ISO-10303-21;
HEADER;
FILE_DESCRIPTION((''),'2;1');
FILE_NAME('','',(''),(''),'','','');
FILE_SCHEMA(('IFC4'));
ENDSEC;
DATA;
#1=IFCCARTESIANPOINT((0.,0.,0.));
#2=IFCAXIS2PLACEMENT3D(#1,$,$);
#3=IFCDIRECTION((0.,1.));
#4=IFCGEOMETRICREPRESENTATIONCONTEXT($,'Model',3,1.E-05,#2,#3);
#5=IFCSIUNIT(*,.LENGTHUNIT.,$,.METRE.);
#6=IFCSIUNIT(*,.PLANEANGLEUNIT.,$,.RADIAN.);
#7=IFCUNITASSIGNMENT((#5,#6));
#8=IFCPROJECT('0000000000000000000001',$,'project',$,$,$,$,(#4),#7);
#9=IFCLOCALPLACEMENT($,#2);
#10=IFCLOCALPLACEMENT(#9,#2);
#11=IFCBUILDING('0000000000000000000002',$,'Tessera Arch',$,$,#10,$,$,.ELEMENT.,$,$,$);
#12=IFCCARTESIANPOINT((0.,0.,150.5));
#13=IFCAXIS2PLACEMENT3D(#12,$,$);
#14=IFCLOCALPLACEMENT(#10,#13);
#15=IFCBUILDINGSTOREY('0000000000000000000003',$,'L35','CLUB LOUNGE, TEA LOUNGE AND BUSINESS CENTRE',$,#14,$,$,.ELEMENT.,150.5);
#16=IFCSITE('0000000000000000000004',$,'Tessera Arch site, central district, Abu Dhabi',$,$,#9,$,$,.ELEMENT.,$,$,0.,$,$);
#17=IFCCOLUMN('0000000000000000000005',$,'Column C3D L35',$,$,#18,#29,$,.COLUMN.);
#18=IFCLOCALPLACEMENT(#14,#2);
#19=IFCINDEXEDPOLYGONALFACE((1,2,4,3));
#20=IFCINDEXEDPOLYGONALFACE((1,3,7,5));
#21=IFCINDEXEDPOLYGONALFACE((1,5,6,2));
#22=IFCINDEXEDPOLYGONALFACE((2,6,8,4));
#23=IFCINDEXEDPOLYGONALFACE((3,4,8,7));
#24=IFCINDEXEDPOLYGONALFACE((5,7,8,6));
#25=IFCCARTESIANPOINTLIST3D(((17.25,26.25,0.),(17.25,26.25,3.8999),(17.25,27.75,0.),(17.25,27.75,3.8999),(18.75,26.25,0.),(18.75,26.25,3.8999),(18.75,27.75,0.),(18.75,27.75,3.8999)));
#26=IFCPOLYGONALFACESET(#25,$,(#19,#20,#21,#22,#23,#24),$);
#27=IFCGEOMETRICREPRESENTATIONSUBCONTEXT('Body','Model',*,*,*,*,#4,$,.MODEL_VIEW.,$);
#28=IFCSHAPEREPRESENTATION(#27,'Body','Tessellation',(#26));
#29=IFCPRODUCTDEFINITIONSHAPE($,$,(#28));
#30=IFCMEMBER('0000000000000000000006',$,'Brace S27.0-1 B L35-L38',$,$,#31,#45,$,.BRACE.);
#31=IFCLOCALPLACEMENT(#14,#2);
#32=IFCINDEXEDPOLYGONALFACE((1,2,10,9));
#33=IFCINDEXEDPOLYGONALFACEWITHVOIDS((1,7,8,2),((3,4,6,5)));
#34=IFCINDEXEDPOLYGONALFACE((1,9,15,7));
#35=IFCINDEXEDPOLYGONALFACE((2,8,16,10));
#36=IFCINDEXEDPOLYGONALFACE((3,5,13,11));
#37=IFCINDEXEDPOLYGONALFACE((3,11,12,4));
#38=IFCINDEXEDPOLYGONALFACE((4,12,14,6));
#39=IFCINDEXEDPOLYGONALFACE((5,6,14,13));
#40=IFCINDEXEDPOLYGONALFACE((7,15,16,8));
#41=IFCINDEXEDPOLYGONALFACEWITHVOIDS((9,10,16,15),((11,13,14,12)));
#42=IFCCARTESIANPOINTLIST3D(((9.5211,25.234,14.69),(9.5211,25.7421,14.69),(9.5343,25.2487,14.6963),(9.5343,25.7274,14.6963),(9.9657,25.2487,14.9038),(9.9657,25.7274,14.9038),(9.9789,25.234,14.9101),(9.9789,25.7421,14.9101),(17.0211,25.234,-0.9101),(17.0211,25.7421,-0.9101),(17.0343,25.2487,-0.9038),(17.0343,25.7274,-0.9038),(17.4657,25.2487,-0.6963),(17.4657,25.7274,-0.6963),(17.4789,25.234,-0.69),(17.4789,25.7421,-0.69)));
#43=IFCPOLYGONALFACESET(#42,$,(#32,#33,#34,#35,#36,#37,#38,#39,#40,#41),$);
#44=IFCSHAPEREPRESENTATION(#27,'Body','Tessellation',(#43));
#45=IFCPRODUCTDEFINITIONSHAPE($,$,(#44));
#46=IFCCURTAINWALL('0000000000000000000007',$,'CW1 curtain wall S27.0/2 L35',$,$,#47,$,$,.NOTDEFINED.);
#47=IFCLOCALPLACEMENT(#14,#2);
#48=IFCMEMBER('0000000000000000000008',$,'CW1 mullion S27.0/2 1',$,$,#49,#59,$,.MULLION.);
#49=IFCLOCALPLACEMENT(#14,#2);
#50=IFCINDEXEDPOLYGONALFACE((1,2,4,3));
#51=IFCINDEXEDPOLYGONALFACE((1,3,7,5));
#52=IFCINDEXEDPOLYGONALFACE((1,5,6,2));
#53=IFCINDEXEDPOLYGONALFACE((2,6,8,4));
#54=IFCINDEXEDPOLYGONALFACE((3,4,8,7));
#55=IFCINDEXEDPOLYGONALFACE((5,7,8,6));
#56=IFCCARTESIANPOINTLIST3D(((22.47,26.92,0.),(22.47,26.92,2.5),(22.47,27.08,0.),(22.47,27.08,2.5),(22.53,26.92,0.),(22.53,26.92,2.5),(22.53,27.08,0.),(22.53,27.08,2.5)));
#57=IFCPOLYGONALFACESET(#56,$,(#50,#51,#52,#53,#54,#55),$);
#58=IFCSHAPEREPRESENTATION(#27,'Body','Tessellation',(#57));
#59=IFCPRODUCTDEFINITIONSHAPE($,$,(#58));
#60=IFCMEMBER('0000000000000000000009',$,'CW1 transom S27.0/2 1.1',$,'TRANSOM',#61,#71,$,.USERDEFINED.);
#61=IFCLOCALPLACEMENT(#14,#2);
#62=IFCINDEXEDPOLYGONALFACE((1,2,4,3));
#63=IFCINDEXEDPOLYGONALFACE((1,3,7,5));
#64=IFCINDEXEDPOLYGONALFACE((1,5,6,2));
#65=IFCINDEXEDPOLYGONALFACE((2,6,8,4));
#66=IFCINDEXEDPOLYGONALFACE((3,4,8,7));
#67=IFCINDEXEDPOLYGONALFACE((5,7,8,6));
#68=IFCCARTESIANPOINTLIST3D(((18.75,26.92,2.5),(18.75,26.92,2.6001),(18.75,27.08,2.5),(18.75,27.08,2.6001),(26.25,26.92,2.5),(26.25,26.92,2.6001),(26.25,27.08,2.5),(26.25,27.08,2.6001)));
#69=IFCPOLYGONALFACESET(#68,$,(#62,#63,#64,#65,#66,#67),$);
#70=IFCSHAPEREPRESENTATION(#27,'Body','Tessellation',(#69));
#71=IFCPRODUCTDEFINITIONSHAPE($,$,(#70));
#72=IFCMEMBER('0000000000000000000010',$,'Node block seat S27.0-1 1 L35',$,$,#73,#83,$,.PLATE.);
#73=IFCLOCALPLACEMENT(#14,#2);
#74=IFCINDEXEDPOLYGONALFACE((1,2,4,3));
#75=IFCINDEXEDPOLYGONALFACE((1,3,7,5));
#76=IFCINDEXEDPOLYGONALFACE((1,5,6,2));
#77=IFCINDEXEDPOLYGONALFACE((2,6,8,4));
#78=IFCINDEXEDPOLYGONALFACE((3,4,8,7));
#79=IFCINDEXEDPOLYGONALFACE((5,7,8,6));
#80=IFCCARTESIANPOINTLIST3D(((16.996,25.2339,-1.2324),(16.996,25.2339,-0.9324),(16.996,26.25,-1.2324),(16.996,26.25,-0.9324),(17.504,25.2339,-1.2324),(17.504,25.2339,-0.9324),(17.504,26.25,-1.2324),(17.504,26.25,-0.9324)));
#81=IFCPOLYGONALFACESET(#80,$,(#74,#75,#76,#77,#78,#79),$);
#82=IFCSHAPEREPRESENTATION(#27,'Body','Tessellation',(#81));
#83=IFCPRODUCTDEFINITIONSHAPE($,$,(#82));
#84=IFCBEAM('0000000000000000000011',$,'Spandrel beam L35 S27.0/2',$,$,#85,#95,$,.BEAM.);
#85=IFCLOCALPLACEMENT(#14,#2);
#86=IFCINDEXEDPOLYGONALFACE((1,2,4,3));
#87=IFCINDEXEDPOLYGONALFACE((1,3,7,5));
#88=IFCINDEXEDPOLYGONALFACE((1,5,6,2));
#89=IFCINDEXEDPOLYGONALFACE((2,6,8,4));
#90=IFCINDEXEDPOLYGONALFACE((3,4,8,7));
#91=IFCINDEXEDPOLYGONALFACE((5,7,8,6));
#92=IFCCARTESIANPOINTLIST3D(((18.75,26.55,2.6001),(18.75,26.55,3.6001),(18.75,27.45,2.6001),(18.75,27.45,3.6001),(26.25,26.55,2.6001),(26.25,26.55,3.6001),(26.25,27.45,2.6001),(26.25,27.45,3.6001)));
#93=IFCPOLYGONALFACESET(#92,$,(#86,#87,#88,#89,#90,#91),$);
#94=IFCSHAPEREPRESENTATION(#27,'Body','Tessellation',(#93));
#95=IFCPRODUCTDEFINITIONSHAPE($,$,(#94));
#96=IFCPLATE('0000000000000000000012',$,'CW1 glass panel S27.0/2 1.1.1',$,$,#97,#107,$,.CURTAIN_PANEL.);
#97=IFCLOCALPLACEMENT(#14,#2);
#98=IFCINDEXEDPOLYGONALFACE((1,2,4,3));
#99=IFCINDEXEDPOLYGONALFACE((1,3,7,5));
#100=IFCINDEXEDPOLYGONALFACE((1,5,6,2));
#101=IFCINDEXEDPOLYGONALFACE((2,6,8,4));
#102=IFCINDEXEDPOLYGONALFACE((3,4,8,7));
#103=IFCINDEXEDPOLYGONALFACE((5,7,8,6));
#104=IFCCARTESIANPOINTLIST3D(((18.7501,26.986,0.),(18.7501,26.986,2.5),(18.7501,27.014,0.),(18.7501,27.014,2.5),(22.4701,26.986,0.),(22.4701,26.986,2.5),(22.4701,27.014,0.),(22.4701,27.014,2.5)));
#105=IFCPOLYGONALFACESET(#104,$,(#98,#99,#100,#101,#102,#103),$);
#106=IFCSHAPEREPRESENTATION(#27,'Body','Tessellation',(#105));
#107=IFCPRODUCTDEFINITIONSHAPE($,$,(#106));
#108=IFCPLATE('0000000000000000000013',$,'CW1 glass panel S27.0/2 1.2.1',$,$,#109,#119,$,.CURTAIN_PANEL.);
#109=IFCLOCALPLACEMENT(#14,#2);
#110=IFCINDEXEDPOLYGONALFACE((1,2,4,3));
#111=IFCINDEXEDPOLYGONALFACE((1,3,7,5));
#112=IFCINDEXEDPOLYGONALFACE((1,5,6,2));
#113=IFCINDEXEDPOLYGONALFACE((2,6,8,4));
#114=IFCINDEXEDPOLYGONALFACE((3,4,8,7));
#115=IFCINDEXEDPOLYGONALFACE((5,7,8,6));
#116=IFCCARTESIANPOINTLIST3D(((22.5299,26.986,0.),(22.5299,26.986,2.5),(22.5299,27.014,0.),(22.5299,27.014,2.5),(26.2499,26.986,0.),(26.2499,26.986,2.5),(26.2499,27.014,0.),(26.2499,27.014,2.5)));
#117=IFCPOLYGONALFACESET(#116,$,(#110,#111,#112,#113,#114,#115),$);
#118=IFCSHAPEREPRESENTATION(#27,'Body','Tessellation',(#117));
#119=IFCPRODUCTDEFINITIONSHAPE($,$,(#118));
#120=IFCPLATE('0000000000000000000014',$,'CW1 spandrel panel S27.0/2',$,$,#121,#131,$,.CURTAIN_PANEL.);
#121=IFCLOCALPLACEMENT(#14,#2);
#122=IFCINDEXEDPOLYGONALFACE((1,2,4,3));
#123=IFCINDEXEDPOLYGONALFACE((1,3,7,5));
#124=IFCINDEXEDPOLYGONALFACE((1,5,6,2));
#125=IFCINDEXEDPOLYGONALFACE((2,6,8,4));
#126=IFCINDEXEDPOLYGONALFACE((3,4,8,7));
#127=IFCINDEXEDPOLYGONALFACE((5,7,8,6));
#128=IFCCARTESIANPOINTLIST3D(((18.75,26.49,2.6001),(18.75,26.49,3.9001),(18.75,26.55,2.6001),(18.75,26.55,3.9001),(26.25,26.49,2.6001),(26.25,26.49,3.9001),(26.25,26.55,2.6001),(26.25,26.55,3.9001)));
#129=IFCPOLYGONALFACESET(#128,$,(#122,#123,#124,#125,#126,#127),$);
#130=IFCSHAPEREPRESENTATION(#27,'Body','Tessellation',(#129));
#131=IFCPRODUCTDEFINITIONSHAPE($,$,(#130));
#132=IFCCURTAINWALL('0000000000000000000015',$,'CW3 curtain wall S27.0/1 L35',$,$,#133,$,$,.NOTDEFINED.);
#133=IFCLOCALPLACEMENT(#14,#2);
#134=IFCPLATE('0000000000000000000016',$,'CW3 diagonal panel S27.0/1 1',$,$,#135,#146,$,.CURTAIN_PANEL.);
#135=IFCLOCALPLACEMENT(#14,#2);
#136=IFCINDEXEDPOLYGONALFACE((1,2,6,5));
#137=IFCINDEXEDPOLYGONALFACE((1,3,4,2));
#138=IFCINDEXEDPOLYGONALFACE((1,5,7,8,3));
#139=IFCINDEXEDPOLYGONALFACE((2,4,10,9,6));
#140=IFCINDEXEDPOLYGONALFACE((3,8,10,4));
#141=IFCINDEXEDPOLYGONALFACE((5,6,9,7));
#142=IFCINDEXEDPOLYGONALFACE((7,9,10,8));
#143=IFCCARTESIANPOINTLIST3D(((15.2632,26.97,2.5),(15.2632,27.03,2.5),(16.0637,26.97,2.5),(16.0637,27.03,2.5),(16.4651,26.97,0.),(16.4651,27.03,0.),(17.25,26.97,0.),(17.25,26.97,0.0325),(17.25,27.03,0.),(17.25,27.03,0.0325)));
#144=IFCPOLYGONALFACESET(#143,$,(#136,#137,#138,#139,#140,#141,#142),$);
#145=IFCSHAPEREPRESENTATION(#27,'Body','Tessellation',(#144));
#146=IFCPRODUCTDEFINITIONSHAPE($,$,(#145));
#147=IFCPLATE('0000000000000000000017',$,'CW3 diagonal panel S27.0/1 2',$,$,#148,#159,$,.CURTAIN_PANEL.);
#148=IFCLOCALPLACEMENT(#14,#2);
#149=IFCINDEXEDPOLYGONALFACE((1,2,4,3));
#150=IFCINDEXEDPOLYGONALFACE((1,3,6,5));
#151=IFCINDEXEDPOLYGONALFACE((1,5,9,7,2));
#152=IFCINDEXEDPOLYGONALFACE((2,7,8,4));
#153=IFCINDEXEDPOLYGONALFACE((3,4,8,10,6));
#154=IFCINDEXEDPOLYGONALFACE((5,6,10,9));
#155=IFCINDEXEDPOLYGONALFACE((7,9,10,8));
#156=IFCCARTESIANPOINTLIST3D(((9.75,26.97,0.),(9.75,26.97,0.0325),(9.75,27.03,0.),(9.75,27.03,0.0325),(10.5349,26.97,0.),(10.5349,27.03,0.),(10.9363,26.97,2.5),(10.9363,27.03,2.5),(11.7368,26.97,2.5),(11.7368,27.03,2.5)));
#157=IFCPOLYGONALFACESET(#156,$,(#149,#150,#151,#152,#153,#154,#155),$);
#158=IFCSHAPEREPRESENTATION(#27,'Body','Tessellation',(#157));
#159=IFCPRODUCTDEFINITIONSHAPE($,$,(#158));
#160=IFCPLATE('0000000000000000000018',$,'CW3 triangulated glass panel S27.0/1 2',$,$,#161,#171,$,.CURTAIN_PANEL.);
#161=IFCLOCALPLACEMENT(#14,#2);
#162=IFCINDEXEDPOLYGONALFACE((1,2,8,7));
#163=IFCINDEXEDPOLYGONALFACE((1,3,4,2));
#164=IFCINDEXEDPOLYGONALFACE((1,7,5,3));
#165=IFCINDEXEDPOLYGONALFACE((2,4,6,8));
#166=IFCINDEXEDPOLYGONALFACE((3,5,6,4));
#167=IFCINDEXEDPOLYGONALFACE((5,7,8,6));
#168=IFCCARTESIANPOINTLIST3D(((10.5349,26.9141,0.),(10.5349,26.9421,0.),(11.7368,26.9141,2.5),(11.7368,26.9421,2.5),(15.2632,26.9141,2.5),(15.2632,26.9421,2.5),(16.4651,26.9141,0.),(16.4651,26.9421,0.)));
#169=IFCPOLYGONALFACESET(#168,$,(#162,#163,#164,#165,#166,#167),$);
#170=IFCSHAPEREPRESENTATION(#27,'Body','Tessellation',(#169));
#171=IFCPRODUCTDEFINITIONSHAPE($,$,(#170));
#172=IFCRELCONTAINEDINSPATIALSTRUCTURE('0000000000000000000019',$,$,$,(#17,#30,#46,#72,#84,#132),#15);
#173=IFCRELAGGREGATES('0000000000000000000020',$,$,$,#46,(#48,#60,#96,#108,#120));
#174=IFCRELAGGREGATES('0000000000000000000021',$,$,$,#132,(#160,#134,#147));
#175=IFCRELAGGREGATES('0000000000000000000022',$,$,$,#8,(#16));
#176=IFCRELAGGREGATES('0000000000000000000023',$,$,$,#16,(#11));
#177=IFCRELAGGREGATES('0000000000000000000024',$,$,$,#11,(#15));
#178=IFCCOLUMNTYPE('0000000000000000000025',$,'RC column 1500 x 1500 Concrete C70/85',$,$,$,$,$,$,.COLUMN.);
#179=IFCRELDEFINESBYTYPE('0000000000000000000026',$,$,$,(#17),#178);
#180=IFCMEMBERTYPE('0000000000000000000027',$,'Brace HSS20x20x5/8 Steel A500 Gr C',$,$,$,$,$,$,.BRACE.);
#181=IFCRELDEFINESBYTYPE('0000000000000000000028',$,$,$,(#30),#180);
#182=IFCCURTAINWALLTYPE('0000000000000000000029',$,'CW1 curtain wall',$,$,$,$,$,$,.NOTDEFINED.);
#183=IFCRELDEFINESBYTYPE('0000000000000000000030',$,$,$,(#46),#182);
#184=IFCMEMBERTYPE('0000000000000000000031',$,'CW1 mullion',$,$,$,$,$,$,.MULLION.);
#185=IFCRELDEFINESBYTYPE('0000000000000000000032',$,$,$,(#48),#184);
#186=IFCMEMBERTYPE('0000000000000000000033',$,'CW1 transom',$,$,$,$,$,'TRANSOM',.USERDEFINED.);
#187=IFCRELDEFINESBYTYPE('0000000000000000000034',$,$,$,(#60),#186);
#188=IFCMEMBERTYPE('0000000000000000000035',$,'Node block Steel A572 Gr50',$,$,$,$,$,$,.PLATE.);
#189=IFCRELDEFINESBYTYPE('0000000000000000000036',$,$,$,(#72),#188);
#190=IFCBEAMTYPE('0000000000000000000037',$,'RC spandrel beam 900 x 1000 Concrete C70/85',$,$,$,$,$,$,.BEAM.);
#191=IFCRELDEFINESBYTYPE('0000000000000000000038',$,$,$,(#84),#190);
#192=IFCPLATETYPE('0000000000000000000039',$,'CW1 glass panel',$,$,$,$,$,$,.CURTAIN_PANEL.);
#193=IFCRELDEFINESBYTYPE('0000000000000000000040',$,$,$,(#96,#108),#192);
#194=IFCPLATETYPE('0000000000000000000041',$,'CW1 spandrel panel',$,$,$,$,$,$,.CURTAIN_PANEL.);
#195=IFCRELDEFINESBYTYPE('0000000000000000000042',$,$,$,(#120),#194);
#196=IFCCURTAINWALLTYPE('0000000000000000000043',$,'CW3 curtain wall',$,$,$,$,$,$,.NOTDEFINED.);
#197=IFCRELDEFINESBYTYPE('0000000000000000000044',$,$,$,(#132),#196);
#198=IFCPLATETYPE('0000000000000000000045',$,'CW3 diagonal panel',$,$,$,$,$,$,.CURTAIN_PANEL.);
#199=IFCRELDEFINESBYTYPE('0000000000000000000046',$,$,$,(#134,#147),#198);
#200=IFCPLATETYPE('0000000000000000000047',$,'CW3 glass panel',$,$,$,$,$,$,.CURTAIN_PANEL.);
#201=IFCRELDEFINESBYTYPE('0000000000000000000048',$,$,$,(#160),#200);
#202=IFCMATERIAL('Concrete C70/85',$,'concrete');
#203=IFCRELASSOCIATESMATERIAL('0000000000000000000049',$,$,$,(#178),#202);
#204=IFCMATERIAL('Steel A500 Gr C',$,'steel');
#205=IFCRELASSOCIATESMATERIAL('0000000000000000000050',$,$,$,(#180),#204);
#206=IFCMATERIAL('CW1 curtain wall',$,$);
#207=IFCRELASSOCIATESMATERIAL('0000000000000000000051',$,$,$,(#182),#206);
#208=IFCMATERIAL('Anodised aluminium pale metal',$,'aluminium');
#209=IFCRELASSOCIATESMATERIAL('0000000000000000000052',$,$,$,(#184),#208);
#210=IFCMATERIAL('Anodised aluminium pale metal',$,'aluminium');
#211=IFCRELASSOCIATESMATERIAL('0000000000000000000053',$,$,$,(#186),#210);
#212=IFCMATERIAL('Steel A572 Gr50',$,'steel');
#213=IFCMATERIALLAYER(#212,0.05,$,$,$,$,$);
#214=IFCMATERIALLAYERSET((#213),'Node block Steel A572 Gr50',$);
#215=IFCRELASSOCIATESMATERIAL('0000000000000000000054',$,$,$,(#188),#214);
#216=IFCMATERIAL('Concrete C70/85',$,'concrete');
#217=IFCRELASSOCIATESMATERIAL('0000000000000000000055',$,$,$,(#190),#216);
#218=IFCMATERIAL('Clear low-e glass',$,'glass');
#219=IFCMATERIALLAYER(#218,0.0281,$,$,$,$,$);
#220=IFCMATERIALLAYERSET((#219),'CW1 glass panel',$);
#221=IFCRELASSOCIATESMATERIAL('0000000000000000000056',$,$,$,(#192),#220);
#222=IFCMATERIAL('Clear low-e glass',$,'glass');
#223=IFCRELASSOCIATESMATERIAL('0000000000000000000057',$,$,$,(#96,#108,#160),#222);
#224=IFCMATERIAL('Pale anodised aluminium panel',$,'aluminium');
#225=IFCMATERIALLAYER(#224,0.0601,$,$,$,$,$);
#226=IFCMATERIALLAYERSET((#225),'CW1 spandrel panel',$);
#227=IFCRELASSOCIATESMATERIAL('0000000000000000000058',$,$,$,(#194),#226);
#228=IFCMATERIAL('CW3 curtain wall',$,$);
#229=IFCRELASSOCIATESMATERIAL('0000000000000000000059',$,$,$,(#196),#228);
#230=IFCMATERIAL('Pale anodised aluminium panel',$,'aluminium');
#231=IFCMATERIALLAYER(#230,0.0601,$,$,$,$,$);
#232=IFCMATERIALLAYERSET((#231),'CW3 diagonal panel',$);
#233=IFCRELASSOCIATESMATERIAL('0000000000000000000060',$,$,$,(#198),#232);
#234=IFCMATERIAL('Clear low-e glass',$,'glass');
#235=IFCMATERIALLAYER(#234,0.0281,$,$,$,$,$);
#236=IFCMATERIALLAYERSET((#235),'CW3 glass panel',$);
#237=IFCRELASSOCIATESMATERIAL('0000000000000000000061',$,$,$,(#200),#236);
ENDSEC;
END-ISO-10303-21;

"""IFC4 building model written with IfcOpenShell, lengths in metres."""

from ifc_helpers import new_model, si_unit, direction, frame, origin, origin_2d, place, context, subcontext, project, spatial, polyline, rectangle, hollow_rectangle, outline, extrude, material, layer, layer_set, material_profile, profile_set, type_object, element, aggregate, save


model = new_model("IFC4")

# Units and contexts
model_context = context("Model", 3, precision=1e-05, world=origin(), true_north=direction((0.0, 1.0)))
body_context = subcontext(model_context, "Body", "Model", "MODEL_VIEW")
ifc_project = project(units=[si_unit("LENGTHUNIT", "METRE"), si_unit("PLANEANGLEUNIT", "RADIAN")], contexts=[model_context])

# Site, building, storey
site_placement = place(None, origin())
site = spatial("IfcSite", under=ifc_project, at=site_placement, Name="Tessera Arch site, central district, Abu Dhabi", CompositionType="ELEMENT", RefElevation=0.0)
building_placement = place(site_placement, origin())
building = spatial("IfcBuilding", under=site, at=building_placement, Name="Tessera Arch", CompositionType="ELEMENT")
storey_placement = place(building_placement, frame((0.0, 0.0, 150.5)))
storey = spatial("IfcBuildingStorey", under=building, at=storey_placement, Name="L35", Description="CLUB LOUNGE, TEA LOUNGE AND BUSINESS CENTRE", CompositionType="ELEMENT", Elevation=150.5)

# Column
ifc_material_1 = material(Name="Concrete C70/85", Category="concrete")
ifc_material_profile_1 = material_profile(ifc_material_1, rectangle(XDim=1.5, YDim=1.5, at=origin_2d()), Name="RC column 1500 x 1500 Concrete C70/85")
ifc_profile_set_1 = profile_set([ifc_material_profile_1], Name="Concrete C70/85")
column_type = type_object("IfcColumnType", Name="RC column 1500 x 1500 Concrete C70/85", PredefinedType="COLUMN", material=ifc_profile_set_1)
column_placement = place(storey_placement, frame((18.0, 27.0, 0.0), z_axis=(0.0, 0.0, 1.0), x_axis=(1.0, 0.0, 0.0)))
element("IfcColumn", 1, at=column_placement, inside=storey, type_object=column_type, Name="Column C3D L35", PredefinedType="COLUMN", context=body_context, shape_type="SweptSolid", body=[
    extrude(rectangle(XDim=1.5, YDim=1.5, at=origin_2d()), origin(), (0.0, 0.0, 1.0), 3.8999),
])

# Member
ifc_material_2 = material(Name="Steel A500 Gr C", Category="steel")
ifc_material_profile_2 = material_profile(ifc_material_2, hollow_rectangle(XDim=0.5081, YDim=0.5081, WallThickness=0.0146, at=origin_2d()), Name="HSS20x20x5/8")
ifc_profile_set_2 = profile_set([ifc_material_profile_2], Name="Steel A500 Gr C")
member_type_1 = type_object("IfcMemberType", Name="Brace HSS20x20x5/8 Steel A500 Gr C", PredefinedType="BRACE", material=ifc_profile_set_2)
member_1_placement = place(storey_placement, frame((17.25, 25.488, -0.8), z_axis=(-0.433292, 0.0, 0.901253), x_axis=(0.0, -1.0, 0.0)))
element("IfcMember", 2, at=member_1_placement, inside=storey, type_object=member_type_1, Name="Brace S27.0-1 B L35-L38", PredefinedType="BRACE", context=body_context, shape_type="SweptSolid", body=[
    extrude(hollow_rectangle(XDim=0.5081, YDim=0.5081, WallThickness=0.0146, at=origin_2d()), origin(), (0.0, 0.0, 1.0), 17.3093),
])

# Curtain wall, members
ifc_material_3 = material(Name="CW1 curtain wall")
curtain_wall_type_1 = type_object("IfcCurtainWallType", Name="CW1 curtain wall", PredefinedType="NOTDEFINED", material=ifc_material_3)
curtain_wall_1_placement = place(storey_placement, origin())
curtain_wall_1 = element("IfcCurtainWall", 3, at=curtain_wall_1_placement, inside=storey, type_object=curtain_wall_type_1, Name="CW1 curtain wall S27.0/2 L35", PredefinedType="NOTDEFINED")
ifc_material_4 = material(Name="Anodised aluminium pale metal", Category="aluminium")
ifc_material_profile_3 = material_profile(ifc_material_4, rectangle(XDim=0.1599, YDim=0.0601, at=origin_2d()), Name="AL 60x160")
ifc_profile_set_3 = profile_set([ifc_material_profile_3], Name="Anodised aluminium pale metal")
member_type_2 = type_object("IfcMemberType", Name="CW1 mullion", PredefinedType="MULLION", material=ifc_profile_set_3)
member_2_placement = place(storey_placement, frame((22.5, 27.0, 0.0), z_axis=(0.0, 0.0, 1.0), x_axis=(0.0, 1.0, 0.0)))
member_2 = element("IfcMember", 4, at=member_2_placement, type_object=member_type_2, Name="CW1 mullion S27.0/2 1", PredefinedType="MULLION", context=body_context, shape_type="SweptSolid", body=[
    extrude(rectangle(XDim=0.1599, YDim=0.0601, at=origin_2d()), origin(), (0.0, 0.0, 1.0), 2.5),
])
ifc_material_5 = material(Name="Anodised aluminium pale metal", Category="aluminium")
ifc_material_profile_4 = material_profile(ifc_material_5, rectangle(XDim=0.1599, YDim=0.1001, at=origin_2d()), Name="AL 160x100")
ifc_profile_set_4 = profile_set([ifc_material_profile_4], Name="Anodised aluminium pale metal")
member_type_3 = type_object("IfcMemberType", Name="CW1 transom", ElementType="TRANSOM", PredefinedType="USERDEFINED", material=ifc_profile_set_4)
member_3_placement = place(storey_placement, frame((18.75, 27.0, 2.55), z_axis=(1.0, 0.0, 0.0), x_axis=(0.0, 1.0, 0.0)))
member_3 = element("IfcMember", 5, at=member_3_placement, type_object=member_type_3, Name="CW1 transom S27.0/2 1.1", ObjectType="TRANSOM", PredefinedType="USERDEFINED", context=body_context, shape_type="SweptSolid", body=[
    extrude(rectangle(XDim=0.1599, YDim=0.1001, at=origin_2d()), origin(), (0.0, 0.0, 1.0), 7.5),
])

# Member
ifc_material_6 = material(Name="Steel A572 Gr50", Category="steel")
ifc_layer_1 = layer(ifc_material_6, 0.05)
ifc_layer_set_1 = layer_set([ifc_layer_1], Name="Node block Steel A572 Gr50")
member_type_4 = type_object("IfcMemberType", Name="Node block Steel A572 Gr50", PredefinedType="PLATE", material=ifc_layer_set_1)
member_4_placement = place(storey_placement, frame((17.25, 25.7419, -1.2324), z_axis=(0.0, 0.0, 1.0), x_axis=(1.0, 0.0, 0.0)))
element("IfcMember", 6, at=member_4_placement, inside=storey, type_object=member_type_4, Name="Node block seat S27.0-1 1 L35", PredefinedType="PLATE", context=body_context, shape_type="SweptSolid", body=[
    extrude(rectangle(XDim=0.5081, YDim=1.0161, at=origin_2d()), origin(), (0.0, 0.0, 1.0), 0.3),
])

# Beam
ifc_material_7 = material(Name="Concrete C70/85", Category="concrete")
ifc_material_profile_5 = material_profile(ifc_material_7, rectangle(XDim=0.8999, YDim=1.0, at=origin_2d()), Name="RC spandrel beam 900 x 1000 Concrete C70/85")
ifc_profile_set_5 = profile_set([ifc_material_profile_5], Name="Concrete C70/85")
beam_type = type_object("IfcBeamType", Name="RC spandrel beam 900 x 1000 Concrete C70/85", PredefinedType="BEAM", material=ifc_profile_set_5)
beam_placement = place(storey_placement, frame((18.75, 27.0, 3.1001), z_axis=(1.0, 0.0, 0.0), x_axis=(0.0, 1.0, 0.0)))
element("IfcBeam", 7, at=beam_placement, inside=storey, type_object=beam_type, Name="Spandrel beam L35 S27.0/2", PredefinedType="BEAM", context=body_context, shape_type="SweptSolid", body=[
    extrude(rectangle(XDim=0.8999, YDim=1.0, at=origin_2d()), origin(), (0.0, 0.0, 1.0), 7.5),
])

# Plates
ifc_material_8 = material(Name="Clear low-e glass", Category="glass")
ifc_material_9 = material(Name="Clear low-e glass", Category="glass")
ifc_layer_2 = layer(ifc_material_9, 0.0281)
ifc_layer_set_2 = layer_set([ifc_layer_2], Name="CW1 glass panel")
plate_type_1 = type_object("IfcPlateType", Name="CW1 glass panel", PredefinedType="CURTAIN_PANEL", material=ifc_layer_set_2)
plate_1_placement = place(storey_placement, frame((20.6101, 27.0, 0.0), z_axis=(0.0, 0.0, 1.0), x_axis=(1.0, 0.0, 0.0)))
plate_1 = element("IfcPlate", 8, at=plate_1_placement, type_object=plate_type_1, material=ifc_material_8, Name="CW1 glass panel S27.0/2 1.1.1", PredefinedType="CURTAIN_PANEL", context=body_context, shape_type="SweptSolid", body=[
    extrude(rectangle(XDim=3.72, YDim=0.0281, at=origin_2d()), origin(), (0.0, 0.0, 1.0), 2.5),
])
plate_2_placement = place(storey_placement, frame((24.3899, 27.0, 0.0), z_axis=(0.0, 0.0, 1.0), x_axis=(1.0, 0.0, 0.0)))
plate_2 = element("IfcPlate", 9, at=plate_2_placement, type_object=plate_type_1, material=ifc_material_8, Name="CW1 glass panel S27.0/2 1.2.1", PredefinedType="CURTAIN_PANEL", context=body_context, shape_type="SweptSolid", body=[
    extrude(rectangle(XDim=3.72, YDim=0.0281, at=origin_2d()), origin(), (0.0, 0.0, 1.0), 2.5),
])
ifc_material_10 = material(Name="Pale anodised aluminium panel", Category="aluminium")
ifc_layer_3 = layer(ifc_material_10, 0.0601)
ifc_layer_set_3 = layer_set([ifc_layer_3], Name="CW1 spandrel panel")
plate_type_2 = type_object("IfcPlateType", Name="CW1 spandrel panel", PredefinedType="CURTAIN_PANEL", material=ifc_layer_set_3)
plate_3_placement = place(storey_placement, frame((22.5, 26.52, 2.6001), z_axis=(0.0, 0.0, 1.0), x_axis=(1.0, 0.0, 0.0)))
plate_3 = element("IfcPlate", 10, at=plate_3_placement, type_object=plate_type_2, Name="CW1 spandrel panel S27.0/2", PredefinedType="CURTAIN_PANEL", context=body_context, shape_type="SweptSolid", body=[
    extrude(rectangle(XDim=7.5, YDim=0.0601, at=origin_2d()), origin(), (0.0, 0.0, 1.0), 1.3),
])
aggregate(curtain_wall_1, [member_2, member_3, plate_1, plate_2, plate_3])

# Curtain wall, plates
ifc_material_11 = material(Name="CW3 curtain wall")
curtain_wall_type_2 = type_object("IfcCurtainWallType", Name="CW3 curtain wall", PredefinedType="NOTDEFINED", material=ifc_material_11)
curtain_wall_2_placement = place(storey_placement, origin())
curtain_wall_2 = element("IfcCurtainWall", 11, at=curtain_wall_2_placement, inside=storey, type_object=curtain_wall_type_2, Name="CW3 curtain wall S27.0/1 L35", PredefinedType="NOTDEFINED")
ifc_material_12 = material(Name="Pale anodised aluminium panel", Category="aluminium")
ifc_layer_4 = layer(ifc_material_12, 0.0601)
ifc_layer_set_4 = layer_set([ifc_layer_4], Name="CW3 diagonal panel")
plate_type_3 = type_object("IfcPlateType", Name="CW3 diagonal panel", PredefinedType="CURTAIN_PANEL", material=ifc_layer_set_4)
plate_4_placement = place(storey_placement, frame((17.25, 26.97, 0.0), z_axis=(0.0, -1.0, 0.0), x_axis=(0.0, 0.0, 1.0)))
plate_4 = element("IfcPlate", 12, at=plate_4_placement, type_object=plate_type_3, Name="CW3 diagonal panel S27.0/1 1", PredefinedType="CURTAIN_PANEL", context=body_context, shape_type="SweptSolid", body=[
    extrude(outline(polyline([(0.0, 0.0), (0.0325, 0.0), (2.5, 1.1863), (2.5, 1.9868), (0.0, 0.7849), (0.0, 0.0)])), origin(), (0.0, 0.0, -1.0), 0.0601),
])
plate_5_placement = place(storey_placement, frame((11.7368, 26.97, 2.5), z_axis=(0.0, -1.0, 0.0), x_axis=(-1.0, 0.0, 0.0)))
plate_5 = element("IfcPlate", 13, at=plate_5_placement, type_object=plate_type_3, Name="CW3 diagonal panel S27.0/1 2", PredefinedType="CURTAIN_PANEL", context=body_context, shape_type="SweptSolid", body=[
    extrude(outline(polyline([(0.0, 0.0), (0.8005, 0.0), (1.9868, 2.4675), (1.9868, 2.5), (1.2019, 2.5), (0.0, 0.0)])), origin(), (0.0, 0.0, -1.0), 0.0601),
])
ifc_material_13 = material(Name="Clear low-e glass", Category="glass")
ifc_layer_5 = layer(ifc_material_13, 0.0281)
ifc_layer_set_5 = layer_set([ifc_layer_5], Name="CW3 glass panel")
plate_type_4 = type_object("IfcPlateType", Name="CW3 glass panel", PredefinedType="CURTAIN_PANEL", material=ifc_layer_set_5)
plate_6_placement = place(storey_placement, frame((15.2632, 26.9141, 2.5), z_axis=(0.0, -1.0, 0.0), x_axis=(-1.0, 0.0, 0.0)))
plate_6 = element("IfcPlate", 14, at=plate_6_placement, type_object=plate_type_4, material=ifc_material_8, Name="CW3 triangulated glass panel S27.0/1 2", PredefinedType="CURTAIN_PANEL", context=body_context, shape_type="SweptSolid", body=[
    extrude(outline(polyline([(0.0, 0.0), (3.5264, 0.0), (4.7283, 2.5), (-1.2019, 2.5), (0.0, 0.0)])), origin(), (0.0, 0.0, -1.0), 0.0281),
])
aggregate(curtain_wall_2, [plate_6, plate_4, plate_5])

save(model, "model.ifc")
